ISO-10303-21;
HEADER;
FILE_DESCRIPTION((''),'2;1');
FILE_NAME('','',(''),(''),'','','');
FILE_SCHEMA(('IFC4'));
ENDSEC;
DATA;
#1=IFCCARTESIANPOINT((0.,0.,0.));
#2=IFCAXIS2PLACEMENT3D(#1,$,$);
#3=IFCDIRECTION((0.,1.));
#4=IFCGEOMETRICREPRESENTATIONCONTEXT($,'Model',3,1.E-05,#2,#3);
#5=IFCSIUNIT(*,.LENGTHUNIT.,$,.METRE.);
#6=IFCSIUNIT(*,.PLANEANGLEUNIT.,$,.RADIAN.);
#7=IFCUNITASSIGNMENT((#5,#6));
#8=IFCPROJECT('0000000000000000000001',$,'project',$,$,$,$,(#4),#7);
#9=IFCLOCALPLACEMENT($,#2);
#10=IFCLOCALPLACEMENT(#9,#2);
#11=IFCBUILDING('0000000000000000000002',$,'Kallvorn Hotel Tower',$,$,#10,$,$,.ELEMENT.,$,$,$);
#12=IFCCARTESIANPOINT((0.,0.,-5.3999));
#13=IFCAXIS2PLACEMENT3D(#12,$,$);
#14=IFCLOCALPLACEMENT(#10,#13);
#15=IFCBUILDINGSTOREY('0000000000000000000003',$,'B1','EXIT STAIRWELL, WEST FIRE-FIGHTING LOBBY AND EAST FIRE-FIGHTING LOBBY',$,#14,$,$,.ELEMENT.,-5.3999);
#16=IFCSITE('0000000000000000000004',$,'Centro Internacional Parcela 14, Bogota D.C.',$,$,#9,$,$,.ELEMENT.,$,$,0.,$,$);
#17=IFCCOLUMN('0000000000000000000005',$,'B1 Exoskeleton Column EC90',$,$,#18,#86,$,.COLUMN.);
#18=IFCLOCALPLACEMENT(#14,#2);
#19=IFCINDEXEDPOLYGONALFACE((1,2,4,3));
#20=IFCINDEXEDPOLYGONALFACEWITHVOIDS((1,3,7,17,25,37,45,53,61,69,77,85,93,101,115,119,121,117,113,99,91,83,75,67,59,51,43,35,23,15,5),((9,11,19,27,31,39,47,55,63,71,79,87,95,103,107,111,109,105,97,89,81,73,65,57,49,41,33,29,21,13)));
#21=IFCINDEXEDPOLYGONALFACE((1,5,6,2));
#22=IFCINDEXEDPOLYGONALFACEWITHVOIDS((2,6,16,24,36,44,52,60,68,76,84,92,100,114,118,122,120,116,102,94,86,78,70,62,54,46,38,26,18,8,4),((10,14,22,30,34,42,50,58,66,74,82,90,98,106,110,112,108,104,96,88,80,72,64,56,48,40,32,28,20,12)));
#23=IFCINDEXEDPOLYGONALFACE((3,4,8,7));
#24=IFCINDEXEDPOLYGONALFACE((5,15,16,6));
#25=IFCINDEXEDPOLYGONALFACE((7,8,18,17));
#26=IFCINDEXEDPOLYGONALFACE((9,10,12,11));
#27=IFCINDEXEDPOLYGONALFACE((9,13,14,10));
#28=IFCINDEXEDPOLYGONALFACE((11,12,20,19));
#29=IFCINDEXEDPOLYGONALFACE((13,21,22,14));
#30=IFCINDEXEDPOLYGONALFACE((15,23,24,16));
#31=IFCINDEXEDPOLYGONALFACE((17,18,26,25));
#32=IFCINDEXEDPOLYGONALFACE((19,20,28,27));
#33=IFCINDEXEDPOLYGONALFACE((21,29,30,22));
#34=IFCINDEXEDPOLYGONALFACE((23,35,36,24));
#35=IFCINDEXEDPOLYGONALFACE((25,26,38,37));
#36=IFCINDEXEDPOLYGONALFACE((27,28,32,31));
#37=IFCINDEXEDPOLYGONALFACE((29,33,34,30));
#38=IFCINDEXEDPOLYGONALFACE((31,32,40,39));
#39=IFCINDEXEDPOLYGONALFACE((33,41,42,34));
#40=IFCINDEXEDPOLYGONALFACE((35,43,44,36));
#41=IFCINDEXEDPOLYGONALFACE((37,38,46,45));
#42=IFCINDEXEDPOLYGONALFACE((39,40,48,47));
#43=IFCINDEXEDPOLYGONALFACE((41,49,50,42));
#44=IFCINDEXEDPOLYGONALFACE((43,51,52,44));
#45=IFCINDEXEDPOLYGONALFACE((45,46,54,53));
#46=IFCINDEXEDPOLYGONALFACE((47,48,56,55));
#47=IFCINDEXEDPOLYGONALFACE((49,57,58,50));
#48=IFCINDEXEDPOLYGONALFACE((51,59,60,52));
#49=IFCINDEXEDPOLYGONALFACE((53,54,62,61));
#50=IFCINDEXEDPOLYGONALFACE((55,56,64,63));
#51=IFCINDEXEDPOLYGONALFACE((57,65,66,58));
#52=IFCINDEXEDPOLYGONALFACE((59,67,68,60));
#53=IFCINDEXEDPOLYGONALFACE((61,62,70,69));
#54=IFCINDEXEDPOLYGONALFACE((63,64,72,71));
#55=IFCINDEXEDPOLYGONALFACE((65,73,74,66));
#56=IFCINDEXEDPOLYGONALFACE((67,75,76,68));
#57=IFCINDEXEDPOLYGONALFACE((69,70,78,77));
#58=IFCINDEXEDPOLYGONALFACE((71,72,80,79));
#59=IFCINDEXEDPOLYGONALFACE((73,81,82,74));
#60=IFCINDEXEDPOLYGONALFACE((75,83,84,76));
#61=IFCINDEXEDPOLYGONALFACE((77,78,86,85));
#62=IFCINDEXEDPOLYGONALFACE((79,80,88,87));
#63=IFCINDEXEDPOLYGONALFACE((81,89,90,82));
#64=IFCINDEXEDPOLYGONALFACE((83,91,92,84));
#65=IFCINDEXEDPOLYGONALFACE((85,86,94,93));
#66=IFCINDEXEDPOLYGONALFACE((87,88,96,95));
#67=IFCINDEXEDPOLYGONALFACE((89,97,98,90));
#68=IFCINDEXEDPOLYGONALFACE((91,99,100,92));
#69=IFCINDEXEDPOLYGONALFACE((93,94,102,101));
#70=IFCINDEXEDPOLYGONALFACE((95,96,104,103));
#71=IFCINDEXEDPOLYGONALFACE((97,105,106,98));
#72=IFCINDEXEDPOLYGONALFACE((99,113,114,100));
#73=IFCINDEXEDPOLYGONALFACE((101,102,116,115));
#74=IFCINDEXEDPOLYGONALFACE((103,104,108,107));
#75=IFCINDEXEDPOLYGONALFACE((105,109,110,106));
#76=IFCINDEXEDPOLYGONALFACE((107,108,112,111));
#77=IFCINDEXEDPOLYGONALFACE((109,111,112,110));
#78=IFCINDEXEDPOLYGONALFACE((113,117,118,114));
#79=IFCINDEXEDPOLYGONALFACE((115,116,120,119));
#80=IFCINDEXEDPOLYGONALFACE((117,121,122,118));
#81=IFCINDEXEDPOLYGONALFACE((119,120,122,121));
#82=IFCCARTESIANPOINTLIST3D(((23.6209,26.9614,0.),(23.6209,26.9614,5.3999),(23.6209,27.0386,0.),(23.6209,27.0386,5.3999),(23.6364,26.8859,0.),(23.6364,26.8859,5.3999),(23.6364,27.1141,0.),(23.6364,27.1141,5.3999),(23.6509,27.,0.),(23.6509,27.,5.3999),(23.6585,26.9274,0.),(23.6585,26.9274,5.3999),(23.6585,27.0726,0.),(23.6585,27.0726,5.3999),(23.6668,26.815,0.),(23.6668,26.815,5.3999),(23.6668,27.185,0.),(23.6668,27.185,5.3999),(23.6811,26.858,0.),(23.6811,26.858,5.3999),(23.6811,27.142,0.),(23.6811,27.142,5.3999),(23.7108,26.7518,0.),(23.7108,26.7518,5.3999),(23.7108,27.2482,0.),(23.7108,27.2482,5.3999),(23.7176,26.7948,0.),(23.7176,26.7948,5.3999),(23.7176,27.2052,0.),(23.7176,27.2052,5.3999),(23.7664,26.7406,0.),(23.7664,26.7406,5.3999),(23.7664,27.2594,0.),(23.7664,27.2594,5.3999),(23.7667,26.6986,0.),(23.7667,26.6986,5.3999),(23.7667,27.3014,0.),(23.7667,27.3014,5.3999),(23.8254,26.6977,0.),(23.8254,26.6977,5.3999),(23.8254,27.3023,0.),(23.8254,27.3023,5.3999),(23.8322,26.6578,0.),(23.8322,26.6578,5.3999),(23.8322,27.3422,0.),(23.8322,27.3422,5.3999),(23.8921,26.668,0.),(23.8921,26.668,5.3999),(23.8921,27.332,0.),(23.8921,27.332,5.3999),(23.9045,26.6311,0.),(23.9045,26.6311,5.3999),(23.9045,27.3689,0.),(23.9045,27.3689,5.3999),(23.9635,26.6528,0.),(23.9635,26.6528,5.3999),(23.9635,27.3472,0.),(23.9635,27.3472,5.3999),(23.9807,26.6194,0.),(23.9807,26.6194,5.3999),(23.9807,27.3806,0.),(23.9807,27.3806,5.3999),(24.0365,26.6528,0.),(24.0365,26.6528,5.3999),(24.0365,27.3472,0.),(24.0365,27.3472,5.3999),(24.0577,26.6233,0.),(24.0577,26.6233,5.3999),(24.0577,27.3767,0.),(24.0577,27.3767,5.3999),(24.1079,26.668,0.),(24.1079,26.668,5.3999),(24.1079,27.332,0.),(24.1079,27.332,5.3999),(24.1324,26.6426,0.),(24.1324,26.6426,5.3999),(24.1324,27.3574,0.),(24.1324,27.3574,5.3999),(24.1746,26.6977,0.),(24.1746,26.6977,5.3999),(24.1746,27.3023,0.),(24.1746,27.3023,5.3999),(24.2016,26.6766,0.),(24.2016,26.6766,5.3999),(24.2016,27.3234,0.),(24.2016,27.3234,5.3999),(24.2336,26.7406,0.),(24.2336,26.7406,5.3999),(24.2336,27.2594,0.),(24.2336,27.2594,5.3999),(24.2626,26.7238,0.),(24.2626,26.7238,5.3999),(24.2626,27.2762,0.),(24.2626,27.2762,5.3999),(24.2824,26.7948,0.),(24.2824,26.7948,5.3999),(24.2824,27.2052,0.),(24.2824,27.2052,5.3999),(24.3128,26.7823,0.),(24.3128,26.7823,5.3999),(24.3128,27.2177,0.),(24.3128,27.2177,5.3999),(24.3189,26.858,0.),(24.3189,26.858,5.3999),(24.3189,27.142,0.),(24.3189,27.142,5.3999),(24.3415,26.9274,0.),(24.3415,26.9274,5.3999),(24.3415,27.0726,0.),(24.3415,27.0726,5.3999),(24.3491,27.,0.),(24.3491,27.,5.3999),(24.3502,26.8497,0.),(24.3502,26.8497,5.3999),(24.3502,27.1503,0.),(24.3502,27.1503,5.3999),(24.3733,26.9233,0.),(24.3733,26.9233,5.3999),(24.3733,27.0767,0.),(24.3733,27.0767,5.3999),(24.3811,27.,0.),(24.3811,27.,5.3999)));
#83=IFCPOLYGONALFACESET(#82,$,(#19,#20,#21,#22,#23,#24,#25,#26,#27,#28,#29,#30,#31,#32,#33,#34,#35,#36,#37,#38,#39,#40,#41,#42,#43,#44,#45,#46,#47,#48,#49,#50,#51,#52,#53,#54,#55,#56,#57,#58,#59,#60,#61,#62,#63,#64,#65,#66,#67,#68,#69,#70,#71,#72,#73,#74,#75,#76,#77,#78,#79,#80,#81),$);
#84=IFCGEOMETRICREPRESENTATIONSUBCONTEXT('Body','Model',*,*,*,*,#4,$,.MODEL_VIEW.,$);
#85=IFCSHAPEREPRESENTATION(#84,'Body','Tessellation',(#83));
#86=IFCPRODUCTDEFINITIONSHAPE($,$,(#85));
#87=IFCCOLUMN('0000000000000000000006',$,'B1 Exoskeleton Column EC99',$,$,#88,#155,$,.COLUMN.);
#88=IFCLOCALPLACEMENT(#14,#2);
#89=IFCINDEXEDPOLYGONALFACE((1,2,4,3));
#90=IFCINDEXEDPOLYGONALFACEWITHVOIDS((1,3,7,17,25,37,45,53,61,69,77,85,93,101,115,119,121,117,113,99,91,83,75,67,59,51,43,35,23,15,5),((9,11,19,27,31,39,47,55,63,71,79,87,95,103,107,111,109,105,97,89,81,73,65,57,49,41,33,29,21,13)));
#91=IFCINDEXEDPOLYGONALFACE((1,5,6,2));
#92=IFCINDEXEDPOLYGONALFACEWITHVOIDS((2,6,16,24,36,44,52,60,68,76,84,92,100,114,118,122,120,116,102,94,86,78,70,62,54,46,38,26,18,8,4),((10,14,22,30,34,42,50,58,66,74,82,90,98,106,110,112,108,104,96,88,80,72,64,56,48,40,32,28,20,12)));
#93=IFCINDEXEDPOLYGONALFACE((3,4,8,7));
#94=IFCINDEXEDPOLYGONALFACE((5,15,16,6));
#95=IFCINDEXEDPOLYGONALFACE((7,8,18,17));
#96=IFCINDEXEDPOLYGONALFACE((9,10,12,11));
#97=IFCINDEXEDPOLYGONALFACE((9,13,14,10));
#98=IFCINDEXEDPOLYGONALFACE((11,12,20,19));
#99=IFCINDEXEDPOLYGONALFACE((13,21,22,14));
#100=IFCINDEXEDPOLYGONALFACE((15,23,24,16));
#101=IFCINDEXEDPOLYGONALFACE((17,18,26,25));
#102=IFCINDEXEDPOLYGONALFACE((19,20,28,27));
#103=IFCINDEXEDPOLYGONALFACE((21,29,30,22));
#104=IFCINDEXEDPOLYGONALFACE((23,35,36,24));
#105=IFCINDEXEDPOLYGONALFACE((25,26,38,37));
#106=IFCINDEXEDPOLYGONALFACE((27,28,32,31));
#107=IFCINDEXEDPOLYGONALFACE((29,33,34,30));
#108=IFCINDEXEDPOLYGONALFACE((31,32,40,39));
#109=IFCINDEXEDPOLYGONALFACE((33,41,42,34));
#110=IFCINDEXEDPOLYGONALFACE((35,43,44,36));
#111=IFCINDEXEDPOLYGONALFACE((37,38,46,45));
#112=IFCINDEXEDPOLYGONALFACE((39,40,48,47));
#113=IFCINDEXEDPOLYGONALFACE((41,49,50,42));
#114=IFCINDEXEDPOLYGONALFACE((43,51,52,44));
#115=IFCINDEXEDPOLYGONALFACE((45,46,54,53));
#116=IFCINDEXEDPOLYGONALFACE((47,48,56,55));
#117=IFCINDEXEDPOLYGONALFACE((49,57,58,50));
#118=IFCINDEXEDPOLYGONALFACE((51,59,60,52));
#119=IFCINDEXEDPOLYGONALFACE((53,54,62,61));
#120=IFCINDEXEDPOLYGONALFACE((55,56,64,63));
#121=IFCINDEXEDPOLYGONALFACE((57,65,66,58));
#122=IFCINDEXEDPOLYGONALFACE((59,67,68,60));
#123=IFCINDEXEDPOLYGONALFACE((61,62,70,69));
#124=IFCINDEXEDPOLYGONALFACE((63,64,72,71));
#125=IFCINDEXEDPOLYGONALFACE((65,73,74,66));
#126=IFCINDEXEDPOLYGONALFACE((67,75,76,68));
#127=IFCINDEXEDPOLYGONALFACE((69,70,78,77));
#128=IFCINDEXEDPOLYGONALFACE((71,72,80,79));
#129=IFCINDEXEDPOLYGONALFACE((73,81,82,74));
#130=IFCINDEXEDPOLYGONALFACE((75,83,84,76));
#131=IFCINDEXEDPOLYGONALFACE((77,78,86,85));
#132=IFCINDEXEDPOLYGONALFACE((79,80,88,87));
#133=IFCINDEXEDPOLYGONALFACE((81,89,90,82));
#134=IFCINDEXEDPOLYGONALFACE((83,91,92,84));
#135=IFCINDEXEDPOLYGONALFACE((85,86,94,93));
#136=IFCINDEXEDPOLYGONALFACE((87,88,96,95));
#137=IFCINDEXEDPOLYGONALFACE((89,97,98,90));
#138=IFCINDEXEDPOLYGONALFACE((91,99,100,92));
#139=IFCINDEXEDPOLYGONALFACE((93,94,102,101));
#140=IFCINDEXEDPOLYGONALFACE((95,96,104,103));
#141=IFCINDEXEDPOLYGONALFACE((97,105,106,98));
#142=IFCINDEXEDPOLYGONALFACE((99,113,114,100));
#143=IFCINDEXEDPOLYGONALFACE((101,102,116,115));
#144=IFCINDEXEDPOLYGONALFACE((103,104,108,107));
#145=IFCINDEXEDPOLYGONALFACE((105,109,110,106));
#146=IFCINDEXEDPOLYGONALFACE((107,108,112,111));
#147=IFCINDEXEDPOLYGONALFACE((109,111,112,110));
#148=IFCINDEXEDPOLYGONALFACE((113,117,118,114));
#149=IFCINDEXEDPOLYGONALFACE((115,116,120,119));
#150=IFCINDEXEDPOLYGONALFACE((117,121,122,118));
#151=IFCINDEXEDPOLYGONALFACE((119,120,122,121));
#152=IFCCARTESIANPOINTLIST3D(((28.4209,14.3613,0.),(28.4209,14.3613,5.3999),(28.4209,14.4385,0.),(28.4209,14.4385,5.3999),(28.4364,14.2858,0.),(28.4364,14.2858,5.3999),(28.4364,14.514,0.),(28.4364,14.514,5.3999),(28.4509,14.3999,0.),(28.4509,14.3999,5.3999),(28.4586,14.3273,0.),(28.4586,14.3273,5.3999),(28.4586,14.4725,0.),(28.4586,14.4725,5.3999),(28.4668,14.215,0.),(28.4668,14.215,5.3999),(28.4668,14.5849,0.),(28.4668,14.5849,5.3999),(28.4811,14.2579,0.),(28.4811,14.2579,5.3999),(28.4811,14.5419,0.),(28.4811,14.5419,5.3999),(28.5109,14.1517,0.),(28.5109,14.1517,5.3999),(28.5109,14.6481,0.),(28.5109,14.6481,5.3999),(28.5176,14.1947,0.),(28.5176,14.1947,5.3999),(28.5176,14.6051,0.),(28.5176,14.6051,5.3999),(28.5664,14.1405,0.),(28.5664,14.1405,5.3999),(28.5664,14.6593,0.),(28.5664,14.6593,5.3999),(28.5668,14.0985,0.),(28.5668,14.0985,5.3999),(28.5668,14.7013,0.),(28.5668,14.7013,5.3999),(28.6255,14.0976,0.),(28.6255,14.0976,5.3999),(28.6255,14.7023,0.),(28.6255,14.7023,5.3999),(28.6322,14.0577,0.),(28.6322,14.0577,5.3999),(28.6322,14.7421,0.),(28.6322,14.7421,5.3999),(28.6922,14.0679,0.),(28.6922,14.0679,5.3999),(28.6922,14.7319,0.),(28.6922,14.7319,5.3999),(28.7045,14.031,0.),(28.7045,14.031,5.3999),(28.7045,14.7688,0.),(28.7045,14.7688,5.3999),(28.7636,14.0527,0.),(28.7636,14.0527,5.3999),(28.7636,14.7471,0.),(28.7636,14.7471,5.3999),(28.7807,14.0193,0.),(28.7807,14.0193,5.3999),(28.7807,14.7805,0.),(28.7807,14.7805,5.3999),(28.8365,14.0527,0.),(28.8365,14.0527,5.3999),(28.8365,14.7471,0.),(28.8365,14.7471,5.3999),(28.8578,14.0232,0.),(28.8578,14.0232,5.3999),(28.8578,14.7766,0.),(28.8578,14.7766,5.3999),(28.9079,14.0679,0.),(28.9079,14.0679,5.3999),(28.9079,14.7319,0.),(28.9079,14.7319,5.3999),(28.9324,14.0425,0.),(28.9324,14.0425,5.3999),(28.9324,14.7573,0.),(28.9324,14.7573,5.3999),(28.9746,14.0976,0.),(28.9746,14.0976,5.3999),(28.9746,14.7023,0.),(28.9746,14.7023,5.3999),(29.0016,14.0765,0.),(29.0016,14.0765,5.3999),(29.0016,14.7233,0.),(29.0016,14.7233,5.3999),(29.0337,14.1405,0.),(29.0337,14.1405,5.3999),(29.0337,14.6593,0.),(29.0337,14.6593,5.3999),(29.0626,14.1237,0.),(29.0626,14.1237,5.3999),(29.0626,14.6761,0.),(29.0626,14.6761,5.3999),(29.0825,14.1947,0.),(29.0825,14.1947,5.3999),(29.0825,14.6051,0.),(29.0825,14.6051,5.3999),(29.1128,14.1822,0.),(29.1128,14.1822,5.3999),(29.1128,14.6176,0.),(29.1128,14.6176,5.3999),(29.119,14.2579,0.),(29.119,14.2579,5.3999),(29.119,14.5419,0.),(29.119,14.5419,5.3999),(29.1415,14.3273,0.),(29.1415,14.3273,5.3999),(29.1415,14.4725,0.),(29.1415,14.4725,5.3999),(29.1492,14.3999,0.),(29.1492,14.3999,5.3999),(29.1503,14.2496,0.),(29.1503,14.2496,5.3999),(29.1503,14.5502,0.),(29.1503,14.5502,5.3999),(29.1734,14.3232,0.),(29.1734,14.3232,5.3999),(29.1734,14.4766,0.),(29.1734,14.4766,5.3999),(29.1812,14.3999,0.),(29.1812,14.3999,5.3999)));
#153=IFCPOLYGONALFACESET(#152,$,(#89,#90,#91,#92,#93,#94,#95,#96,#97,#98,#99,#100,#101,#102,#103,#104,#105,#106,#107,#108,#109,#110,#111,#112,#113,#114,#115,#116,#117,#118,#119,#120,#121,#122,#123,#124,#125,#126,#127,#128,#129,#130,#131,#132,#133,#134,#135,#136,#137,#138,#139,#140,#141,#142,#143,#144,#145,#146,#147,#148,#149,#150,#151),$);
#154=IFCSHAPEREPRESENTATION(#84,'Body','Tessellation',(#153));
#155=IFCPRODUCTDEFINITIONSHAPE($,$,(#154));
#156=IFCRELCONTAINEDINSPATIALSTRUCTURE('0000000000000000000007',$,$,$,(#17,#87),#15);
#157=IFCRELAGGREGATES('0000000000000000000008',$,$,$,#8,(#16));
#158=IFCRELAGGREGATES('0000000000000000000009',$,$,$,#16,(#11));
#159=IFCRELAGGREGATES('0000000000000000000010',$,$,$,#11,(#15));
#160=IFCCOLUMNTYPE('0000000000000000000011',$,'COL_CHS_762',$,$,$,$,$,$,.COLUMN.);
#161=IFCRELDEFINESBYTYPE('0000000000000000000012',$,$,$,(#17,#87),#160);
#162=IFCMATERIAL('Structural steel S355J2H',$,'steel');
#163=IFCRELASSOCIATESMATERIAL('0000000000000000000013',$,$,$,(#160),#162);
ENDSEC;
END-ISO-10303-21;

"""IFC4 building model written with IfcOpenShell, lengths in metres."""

from ifc_helpers import new_model, si_unit, direction, frame, origin, origin_2d, place, context, subcontext, project, spatial, hollow_circle, extrude, material, material_profile, profile_set, type_object, element, save


model = new_model("IFC4")

# Units and contexts
model_context = context("Model", 3, precision=1e-05, world=origin(), true_north=direction((0.0, 1.0)))
body_context = subcontext(model_context, "Body", "Model", "MODEL_VIEW")
ifc_project = project(units=[si_unit("LENGTHUNIT", "METRE"), si_unit("PLANEANGLEUNIT", "RADIAN")], contexts=[model_context])

# Site, building, storey
site_placement = place(None, origin())
site = spatial("IfcSite", under=ifc_project, at=site_placement, Name="Centro Internacional Parcela 14, Bogota D.C.", CompositionType="ELEMENT", RefElevation=0.0)
building_placement = place(site_placement, origin())
building = spatial("IfcBuilding", under=site, at=building_placement, Name="Kallvorn Hotel Tower", CompositionType="ELEMENT")
storey_placement = place(building_placement, frame((0.0, 0.0, -5.3999)))
storey = spatial("IfcBuildingStorey", under=building, at=storey_placement, Name="B1", Description="EXIT STAIRWELL, WEST FIRE-FIGHTING LOBBY AND EAST FIRE-FIGHTING LOBBY", CompositionType="ELEMENT", Elevation=-5.3999)

# Columns
ifc_material_1 = material(Name="Structural steel S355J2H", Category="steel")
ifc_material_profile_1 = material_profile(ifc_material_1, hollow_circle(Radius=0.3811, WallThickness=0.032, at=origin_2d()), Name="CHS 762x32")
ifc_profile_set_1 = profile_set([ifc_material_profile_1], Name="Structural steel S355J2H")
column_type_1 = type_object("IfcColumnType", Name="COL_CHS_762", PredefinedType="COLUMN", material=ifc_profile_set_1)
for number, where, z_axis, x_axis, name in (
    (1, (24.0, 27.0, 0.0), (0.0, 0.0, 1.0), (1.0, 0.0, 0.0), "B1 Exoskeleton Column EC90"),
    (2, (28.8, 14.3999, 0.0), (0.0, 0.0, 1.0), (1.0, 0.0, 0.0), "B1 Exoskeleton Column EC99"),
):
    element("IfcColumn", number, at=place(storey_placement, frame(where, z_axis=z_axis, x_axis=x_axis)), inside=storey, type_object=column_type_1, Name=name, PredefinedType="COLUMN", context=body_context, shape_type="SweptSolid", body=[
        extrude(hollow_circle(Radius=0.3811, WallThickness=0.032, at=origin_2d()), origin(), (0.0, 0.0, 1.0), 5.3999),
    ])

save(model, "model.ifc")
